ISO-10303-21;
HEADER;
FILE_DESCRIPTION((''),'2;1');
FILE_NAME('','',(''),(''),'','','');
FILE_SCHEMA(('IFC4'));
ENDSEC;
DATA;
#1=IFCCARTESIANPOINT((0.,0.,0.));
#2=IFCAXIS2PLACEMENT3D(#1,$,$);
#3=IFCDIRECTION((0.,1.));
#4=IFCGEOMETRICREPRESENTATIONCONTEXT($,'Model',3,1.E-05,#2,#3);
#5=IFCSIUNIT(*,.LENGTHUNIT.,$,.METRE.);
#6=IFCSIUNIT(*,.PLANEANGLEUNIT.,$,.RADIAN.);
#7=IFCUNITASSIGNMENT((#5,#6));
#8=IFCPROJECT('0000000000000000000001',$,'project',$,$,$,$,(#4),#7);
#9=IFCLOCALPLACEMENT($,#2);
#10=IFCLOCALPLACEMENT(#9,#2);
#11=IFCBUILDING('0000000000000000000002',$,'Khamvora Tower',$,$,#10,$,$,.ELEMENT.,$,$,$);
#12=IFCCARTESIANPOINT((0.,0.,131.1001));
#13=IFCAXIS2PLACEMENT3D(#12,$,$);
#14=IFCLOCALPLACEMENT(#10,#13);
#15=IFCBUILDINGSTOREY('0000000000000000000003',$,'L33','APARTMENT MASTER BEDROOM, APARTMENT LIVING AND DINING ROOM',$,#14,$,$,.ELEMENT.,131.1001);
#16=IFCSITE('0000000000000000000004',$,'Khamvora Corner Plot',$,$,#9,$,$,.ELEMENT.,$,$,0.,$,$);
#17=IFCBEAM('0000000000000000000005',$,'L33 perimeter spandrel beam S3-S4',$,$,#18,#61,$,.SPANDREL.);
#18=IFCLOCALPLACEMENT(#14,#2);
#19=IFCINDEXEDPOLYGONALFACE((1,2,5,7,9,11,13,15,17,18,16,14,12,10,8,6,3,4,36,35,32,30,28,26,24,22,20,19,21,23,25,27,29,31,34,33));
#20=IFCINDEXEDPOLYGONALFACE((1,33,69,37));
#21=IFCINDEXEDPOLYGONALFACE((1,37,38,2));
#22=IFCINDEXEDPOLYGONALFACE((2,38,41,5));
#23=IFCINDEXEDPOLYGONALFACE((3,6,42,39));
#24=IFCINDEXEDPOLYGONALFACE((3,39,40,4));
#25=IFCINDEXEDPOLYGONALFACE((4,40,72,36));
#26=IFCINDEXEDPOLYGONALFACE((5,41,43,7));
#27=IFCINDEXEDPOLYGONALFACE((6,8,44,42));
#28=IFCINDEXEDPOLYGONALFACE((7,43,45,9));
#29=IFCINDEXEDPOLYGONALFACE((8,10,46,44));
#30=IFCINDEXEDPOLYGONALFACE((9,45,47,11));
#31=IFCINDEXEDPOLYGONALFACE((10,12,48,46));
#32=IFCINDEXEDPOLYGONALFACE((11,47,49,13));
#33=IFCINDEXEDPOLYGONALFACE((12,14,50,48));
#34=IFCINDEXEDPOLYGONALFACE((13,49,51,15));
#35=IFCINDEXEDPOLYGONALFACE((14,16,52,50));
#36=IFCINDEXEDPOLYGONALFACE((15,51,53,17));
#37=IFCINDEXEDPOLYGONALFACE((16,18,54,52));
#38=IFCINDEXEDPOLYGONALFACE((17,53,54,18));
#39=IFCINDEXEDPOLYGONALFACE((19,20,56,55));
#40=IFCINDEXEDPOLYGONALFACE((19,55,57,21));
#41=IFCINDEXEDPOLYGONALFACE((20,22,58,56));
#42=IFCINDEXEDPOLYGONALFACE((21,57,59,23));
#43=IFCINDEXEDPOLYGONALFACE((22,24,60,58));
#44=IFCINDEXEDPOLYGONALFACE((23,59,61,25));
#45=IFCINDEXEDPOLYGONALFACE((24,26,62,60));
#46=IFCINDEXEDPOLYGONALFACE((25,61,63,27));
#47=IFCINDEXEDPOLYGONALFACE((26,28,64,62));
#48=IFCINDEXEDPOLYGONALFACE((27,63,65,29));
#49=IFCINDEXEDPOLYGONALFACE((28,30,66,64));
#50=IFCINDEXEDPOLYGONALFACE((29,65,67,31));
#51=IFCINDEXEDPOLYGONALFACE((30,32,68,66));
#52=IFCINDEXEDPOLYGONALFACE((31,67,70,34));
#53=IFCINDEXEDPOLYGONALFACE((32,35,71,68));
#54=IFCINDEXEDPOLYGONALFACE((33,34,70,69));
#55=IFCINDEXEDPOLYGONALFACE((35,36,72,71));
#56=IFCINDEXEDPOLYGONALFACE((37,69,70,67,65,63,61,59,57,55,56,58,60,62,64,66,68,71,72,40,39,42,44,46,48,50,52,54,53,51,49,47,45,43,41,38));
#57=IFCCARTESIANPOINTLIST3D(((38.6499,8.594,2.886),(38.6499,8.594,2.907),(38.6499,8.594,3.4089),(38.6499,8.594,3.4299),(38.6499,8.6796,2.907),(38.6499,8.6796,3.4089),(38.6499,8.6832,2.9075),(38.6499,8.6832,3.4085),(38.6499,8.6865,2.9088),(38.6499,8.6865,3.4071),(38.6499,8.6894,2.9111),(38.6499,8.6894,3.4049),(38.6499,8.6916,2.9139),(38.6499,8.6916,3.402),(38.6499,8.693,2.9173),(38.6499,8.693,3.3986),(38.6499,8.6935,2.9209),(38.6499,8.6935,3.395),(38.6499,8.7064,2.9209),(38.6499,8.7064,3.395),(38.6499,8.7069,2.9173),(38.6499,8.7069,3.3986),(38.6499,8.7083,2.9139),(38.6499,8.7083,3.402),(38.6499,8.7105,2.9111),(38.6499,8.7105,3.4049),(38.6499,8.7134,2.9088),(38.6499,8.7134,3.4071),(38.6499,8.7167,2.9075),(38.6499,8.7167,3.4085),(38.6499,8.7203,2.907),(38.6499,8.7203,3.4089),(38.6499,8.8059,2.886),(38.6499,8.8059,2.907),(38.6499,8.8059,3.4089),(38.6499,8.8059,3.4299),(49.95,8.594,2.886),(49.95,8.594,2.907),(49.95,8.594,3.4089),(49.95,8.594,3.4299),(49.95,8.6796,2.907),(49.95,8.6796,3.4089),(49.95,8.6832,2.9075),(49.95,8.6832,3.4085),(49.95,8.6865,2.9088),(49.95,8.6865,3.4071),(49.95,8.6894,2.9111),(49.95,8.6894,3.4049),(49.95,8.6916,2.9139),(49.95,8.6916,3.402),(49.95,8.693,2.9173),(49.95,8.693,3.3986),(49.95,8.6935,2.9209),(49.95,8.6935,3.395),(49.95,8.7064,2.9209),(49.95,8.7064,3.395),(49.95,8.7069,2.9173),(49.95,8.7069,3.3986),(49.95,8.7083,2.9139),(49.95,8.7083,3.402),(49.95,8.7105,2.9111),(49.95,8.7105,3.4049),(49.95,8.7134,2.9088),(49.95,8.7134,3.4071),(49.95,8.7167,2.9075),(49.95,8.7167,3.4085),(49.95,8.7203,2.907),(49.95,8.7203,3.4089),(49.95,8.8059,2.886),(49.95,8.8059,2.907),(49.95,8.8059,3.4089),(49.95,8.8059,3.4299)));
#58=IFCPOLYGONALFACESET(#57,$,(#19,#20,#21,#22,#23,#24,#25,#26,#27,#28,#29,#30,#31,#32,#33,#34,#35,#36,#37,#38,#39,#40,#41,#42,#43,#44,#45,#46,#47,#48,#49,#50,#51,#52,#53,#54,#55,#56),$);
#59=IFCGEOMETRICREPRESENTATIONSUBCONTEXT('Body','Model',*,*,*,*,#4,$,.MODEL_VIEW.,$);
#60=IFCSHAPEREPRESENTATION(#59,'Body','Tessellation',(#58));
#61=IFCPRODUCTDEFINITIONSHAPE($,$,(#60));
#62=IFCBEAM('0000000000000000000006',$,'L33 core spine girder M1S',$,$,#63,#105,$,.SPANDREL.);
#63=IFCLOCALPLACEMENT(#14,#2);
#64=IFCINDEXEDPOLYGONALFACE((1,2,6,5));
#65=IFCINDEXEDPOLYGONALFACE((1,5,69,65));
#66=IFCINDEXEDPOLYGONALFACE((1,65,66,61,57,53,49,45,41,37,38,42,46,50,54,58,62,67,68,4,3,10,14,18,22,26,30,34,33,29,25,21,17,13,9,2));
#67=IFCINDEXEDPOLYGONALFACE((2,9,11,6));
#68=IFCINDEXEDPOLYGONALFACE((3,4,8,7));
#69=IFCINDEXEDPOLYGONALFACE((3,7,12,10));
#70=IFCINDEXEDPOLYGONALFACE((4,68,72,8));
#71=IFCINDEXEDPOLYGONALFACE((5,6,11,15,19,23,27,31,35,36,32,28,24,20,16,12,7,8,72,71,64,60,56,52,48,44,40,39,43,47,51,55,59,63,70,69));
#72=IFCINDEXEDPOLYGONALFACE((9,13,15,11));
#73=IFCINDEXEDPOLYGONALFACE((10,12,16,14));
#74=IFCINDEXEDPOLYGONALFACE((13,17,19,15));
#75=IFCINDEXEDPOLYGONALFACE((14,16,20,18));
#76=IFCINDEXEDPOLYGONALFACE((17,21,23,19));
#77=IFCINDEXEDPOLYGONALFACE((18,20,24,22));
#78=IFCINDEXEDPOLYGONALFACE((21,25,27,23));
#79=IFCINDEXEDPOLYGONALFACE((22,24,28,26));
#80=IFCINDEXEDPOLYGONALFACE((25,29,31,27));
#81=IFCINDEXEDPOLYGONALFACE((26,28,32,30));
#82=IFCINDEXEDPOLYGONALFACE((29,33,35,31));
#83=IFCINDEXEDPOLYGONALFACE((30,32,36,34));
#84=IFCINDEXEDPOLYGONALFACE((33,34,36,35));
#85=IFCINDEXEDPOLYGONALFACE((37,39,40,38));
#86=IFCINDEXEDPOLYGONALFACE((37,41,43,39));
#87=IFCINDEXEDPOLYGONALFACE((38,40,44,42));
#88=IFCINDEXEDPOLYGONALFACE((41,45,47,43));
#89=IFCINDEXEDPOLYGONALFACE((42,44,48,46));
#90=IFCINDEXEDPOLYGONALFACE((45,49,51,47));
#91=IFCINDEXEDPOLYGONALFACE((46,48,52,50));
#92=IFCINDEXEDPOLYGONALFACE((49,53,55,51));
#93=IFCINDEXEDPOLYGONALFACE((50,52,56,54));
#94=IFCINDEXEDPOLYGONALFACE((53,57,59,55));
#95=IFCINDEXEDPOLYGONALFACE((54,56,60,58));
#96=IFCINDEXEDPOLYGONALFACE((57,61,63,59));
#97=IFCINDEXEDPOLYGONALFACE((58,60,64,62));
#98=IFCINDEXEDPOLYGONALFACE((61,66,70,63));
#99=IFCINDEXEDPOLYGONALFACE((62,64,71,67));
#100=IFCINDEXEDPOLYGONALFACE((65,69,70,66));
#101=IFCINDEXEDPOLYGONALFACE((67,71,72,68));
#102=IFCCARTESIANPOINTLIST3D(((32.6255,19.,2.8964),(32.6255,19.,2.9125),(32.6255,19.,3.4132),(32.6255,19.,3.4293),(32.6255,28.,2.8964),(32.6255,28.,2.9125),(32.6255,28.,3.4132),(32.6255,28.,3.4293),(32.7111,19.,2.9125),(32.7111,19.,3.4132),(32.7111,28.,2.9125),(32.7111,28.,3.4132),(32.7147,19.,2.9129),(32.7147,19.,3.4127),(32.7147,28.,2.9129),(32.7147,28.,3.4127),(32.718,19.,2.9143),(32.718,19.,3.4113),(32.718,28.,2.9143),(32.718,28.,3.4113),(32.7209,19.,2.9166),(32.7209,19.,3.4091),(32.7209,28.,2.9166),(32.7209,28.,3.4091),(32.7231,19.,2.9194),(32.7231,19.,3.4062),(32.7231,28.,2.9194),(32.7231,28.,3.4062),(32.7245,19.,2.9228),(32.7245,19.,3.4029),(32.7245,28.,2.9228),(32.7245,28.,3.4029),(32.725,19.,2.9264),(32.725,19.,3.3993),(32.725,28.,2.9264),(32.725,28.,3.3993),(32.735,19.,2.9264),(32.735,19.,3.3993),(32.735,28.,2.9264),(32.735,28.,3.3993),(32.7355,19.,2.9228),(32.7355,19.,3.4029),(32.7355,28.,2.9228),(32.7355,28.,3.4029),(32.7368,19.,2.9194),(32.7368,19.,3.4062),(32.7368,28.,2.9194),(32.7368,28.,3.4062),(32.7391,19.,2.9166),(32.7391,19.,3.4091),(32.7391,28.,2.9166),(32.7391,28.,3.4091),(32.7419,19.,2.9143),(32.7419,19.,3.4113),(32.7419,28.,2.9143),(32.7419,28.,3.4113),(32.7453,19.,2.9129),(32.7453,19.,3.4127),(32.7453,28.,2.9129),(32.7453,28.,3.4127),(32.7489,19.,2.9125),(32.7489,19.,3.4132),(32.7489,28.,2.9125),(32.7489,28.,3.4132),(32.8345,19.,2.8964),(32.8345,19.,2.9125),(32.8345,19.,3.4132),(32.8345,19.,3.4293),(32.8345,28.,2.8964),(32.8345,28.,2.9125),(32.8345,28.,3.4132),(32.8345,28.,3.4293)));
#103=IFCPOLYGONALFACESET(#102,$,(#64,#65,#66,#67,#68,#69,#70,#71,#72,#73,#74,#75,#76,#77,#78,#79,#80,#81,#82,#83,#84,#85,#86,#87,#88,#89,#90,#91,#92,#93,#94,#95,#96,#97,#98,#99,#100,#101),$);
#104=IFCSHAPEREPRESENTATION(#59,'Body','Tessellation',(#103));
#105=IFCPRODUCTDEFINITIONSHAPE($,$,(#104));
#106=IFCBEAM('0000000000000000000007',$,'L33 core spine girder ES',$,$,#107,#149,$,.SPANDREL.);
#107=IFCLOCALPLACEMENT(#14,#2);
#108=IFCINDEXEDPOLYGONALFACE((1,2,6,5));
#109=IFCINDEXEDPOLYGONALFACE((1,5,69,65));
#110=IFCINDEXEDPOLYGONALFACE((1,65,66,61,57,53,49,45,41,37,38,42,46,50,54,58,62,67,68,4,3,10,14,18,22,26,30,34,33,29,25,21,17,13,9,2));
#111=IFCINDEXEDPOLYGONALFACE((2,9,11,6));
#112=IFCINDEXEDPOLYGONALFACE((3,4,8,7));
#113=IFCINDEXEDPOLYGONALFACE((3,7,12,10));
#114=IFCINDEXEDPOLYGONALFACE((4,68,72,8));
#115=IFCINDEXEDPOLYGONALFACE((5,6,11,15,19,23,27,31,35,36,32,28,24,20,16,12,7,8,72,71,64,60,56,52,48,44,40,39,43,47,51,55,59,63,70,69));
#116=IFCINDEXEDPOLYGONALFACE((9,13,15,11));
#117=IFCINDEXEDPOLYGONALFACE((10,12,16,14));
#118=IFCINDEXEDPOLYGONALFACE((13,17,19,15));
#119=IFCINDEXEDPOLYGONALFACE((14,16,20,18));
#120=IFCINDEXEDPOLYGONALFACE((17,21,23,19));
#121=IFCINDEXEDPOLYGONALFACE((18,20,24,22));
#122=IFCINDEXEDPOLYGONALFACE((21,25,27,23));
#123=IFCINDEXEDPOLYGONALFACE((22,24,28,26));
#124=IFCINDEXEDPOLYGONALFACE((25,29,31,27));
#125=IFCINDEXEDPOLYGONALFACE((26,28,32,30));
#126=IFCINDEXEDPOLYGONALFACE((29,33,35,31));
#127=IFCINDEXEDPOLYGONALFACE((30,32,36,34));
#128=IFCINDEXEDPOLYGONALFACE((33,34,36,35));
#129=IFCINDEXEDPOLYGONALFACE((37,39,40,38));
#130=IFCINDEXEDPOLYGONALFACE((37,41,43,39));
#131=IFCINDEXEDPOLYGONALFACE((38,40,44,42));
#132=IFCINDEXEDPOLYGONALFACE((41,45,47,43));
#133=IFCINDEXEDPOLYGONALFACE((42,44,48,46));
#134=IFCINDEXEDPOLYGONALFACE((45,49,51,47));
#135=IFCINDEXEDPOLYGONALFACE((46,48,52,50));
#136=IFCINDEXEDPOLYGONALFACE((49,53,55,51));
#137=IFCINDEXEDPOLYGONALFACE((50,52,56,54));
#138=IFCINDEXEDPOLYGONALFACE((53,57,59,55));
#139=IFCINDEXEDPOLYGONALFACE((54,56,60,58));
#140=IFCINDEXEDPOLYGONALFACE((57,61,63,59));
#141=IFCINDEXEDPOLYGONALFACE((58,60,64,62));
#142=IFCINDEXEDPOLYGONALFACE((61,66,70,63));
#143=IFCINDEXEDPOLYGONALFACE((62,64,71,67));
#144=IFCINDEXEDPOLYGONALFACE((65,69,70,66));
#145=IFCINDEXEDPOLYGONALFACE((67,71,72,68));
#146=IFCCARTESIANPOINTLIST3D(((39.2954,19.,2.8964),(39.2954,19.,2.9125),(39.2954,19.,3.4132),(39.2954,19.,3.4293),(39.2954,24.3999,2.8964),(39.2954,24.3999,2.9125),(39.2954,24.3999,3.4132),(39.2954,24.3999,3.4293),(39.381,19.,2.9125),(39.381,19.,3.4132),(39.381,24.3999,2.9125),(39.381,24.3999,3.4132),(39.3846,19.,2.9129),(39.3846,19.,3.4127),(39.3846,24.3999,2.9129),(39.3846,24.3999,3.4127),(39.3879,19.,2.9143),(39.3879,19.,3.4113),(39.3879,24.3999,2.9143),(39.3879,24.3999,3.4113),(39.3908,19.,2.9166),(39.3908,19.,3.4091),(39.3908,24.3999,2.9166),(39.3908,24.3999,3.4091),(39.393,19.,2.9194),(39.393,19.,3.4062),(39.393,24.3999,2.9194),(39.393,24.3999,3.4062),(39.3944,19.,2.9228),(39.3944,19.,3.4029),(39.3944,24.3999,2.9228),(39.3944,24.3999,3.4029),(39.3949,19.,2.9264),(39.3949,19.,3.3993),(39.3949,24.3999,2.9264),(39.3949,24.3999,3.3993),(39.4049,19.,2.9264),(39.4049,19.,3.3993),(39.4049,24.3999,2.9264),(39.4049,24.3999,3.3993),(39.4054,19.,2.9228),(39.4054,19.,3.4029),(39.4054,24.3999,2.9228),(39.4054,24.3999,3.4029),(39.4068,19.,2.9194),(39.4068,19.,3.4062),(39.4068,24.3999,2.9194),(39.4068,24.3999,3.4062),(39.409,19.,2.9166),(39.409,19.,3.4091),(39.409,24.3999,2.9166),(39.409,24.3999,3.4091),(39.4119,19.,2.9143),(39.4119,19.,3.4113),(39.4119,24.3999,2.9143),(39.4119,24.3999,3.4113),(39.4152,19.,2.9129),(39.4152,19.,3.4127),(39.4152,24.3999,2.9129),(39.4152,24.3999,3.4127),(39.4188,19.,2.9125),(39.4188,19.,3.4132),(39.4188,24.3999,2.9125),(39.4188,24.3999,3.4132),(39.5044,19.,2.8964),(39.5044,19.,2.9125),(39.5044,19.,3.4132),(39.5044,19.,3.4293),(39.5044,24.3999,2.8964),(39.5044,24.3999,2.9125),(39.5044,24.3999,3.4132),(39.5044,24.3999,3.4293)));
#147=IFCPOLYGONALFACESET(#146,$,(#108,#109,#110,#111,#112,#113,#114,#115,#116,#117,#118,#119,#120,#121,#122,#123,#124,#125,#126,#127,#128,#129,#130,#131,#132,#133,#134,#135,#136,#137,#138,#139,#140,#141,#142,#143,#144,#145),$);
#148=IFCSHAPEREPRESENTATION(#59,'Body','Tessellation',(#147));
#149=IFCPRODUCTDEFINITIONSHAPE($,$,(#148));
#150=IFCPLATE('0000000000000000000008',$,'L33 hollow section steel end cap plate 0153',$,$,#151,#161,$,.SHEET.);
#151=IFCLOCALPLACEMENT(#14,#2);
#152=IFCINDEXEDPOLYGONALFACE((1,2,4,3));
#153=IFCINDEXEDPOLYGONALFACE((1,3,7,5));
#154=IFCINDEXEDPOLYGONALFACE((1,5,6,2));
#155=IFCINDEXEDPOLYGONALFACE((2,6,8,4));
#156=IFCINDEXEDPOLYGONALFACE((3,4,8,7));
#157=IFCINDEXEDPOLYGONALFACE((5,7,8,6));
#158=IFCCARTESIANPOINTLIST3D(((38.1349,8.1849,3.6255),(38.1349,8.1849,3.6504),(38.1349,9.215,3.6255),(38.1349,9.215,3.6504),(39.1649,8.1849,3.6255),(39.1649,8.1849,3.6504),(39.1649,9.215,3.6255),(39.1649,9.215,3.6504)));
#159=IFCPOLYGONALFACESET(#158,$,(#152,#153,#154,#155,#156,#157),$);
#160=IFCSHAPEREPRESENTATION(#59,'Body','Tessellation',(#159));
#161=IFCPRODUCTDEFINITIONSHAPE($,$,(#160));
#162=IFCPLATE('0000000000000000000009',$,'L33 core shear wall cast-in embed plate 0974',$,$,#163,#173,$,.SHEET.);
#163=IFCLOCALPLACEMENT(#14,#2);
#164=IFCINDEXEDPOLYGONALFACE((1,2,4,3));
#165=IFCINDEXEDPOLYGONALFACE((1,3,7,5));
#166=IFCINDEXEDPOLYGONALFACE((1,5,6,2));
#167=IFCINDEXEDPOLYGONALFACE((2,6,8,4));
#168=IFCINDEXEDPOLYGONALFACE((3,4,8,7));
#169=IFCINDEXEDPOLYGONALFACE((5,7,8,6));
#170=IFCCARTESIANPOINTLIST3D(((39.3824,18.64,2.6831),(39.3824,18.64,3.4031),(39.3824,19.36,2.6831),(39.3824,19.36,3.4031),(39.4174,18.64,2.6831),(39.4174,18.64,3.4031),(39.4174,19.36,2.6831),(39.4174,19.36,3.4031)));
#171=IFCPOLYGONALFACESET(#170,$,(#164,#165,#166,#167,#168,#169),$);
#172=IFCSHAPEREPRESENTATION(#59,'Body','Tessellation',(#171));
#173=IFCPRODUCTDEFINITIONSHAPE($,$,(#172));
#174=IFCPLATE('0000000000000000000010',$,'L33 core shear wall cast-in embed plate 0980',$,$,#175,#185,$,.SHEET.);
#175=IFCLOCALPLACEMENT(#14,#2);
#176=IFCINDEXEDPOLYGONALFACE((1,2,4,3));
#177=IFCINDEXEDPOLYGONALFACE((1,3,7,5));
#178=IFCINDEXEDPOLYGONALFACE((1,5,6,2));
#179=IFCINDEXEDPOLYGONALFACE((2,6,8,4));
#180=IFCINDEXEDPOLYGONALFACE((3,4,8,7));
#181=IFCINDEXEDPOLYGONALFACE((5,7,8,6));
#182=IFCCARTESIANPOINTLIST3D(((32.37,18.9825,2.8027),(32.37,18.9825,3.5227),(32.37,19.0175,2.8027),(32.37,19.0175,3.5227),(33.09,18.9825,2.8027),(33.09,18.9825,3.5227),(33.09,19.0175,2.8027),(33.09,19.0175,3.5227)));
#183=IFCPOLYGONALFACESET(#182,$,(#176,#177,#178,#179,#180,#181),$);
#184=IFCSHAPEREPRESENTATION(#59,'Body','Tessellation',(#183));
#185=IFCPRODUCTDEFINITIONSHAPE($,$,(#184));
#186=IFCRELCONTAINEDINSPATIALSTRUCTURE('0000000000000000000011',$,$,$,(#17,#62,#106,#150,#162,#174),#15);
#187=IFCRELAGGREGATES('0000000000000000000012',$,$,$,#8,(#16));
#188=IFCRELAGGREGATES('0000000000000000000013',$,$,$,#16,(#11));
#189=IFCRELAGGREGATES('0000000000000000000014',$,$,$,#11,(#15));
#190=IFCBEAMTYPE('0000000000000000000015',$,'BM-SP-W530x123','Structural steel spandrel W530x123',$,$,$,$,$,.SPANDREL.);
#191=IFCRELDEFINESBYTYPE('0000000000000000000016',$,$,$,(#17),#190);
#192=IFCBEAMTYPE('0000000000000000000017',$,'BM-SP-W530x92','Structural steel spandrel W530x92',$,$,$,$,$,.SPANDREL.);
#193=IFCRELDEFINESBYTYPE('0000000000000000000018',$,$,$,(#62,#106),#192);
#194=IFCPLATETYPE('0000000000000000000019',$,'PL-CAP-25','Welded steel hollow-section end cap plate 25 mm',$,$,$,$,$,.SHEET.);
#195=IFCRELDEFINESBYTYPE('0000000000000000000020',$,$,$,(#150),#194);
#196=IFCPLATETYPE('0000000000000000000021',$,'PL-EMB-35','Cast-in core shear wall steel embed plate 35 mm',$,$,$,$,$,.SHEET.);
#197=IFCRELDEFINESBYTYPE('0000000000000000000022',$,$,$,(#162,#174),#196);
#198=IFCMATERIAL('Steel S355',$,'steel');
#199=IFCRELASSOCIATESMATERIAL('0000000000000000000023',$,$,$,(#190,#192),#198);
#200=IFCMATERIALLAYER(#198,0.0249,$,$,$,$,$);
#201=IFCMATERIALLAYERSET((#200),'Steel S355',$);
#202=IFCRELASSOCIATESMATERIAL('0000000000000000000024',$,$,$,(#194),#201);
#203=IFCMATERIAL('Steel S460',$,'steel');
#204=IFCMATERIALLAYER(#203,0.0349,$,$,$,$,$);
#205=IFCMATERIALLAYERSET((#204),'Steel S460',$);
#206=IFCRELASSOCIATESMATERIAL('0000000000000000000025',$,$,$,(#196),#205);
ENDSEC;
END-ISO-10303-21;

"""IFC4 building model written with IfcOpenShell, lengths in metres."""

from ifc_helpers import new_model, si_unit, direction, frame, origin, origin_2d, place, context, subcontext, project, spatial, rectangle, i_section, extrude, material, layer, layer_set, material_profile, profile_set, type_object, element, save


model = new_model("IFC4")

# Units and contexts
model_context = context("Model", 3, precision=1e-05, world=origin(), true_north=direction((0.0, 1.0)))
body_context = subcontext(model_context, "Body", "Model", "MODEL_VIEW")
ifc_project = project(units=[si_unit("LENGTHUNIT", "METRE"), si_unit("PLANEANGLEUNIT", "RADIAN")], contexts=[model_context])

# Site, building, storey
site_placement = place(None, origin())
site = spatial("IfcSite", under=ifc_project, at=site_placement, Name="Khamvora Corner Plot", CompositionType="ELEMENT", RefElevation=0.0)
building_placement = place(site_placement, origin())
building = spatial("IfcBuilding", under=site, at=building_placement, Name="Khamvora Tower", CompositionType="ELEMENT")
storey_placement = place(building_placement, frame((0.0, 0.0, 131.1001)))
storey = spatial("IfcBuildingStorey", under=building, at=storey_placement, Name="L33", Description="APARTMENT MASTER BEDROOM, APARTMENT LIVING AND DINING ROOM", CompositionType="ELEMENT", Elevation=131.1001)

# Shared definitions
ifc_material_1 = material(Name="Steel S355", Category="steel")
ifc_material_2 = material(Name="Steel S460", Category="steel")

# Beams
ifc_material_profile_1 = material_profile(ifc_material_1, i_section(OverallWidth=0.2119, OverallDepth=0.5439, WebThickness=0.0129, FlangeThickness=0.021, FilletRadius=0.0139, at=origin_2d()), Name="W530x123")
ifc_profile_set_1 = profile_set([ifc_material_profile_1], Name="Steel S355")
beam_type_1 = type_object("IfcBeamType", Name="BM-SP-W530x123", Description="Structural steel spandrel W530x123", PredefinedType="SPANDREL", material=ifc_profile_set_1)
beam_1_placement = place(storey_placement, frame((38.6499, 8.7, 3.158), z_axis=(1.0, 0.0, 0.0), x_axis=(0.0, 1.0, 0.0)))
element("IfcBeam", 1, at=beam_1_placement, inside=storey, type_object=beam_type_1, Name="L33 perimeter spandrel beam S3-S4", PredefinedType="SPANDREL", context=body_context, shape_type="SweptSolid", body=[
    extrude(i_section(OverallWidth=0.2119, OverallDepth=0.5439, WebThickness=0.0129, FlangeThickness=0.021, FilletRadius=0.0139, at=origin_2d()), origin(), (0.0, 0.0, 1.0), 11.3),
])
ifc_material_profile_2 = material_profile(ifc_material_1, i_section(OverallWidth=0.209, OverallDepth=0.533, WebThickness=0.01, FlangeThickness=0.0161, FilletRadius=0.0139, at=origin_2d()), Name="W530x92")
ifc_profile_set_2 = profile_set([ifc_material_profile_2], Name="Steel S355")
beam_type_2 = type_object("IfcBeamType", Name="BM-SP-W530x92", Description="Structural steel spandrel W530x92", PredefinedType="SPANDREL", material=ifc_profile_set_2)
beam_2_placement = place(storey_placement, frame((32.73, 19.0, 3.1628), z_axis=(0.0, 1.0, 0.0), x_axis=(-1.0, 0.0, 0.0)))
element("IfcBeam", 2, at=beam_2_placement, inside=storey, type_object=beam_type_2, Name="L33 core spine girder M1S", PredefinedType="SPANDREL", context=body_context, shape_type="SweptSolid", body=[
    extrude(i_section(OverallWidth=0.209, OverallDepth=0.533, WebThickness=0.01, FlangeThickness=0.0161, FilletRadius=0.0139, at=origin_2d()), origin(), (0.0, 0.0, 1.0), 9.0),
])
beam_3_placement = place(storey_placement, frame((39.3999, 19.0, 3.1628), z_axis=(0.0, 1.0, 0.0), x_axis=(-1.0, 0.0, 0.0)))
element("IfcBeam", 3, at=beam_3_placement, inside=storey, type_object=beam_type_2, Name="L33 core spine girder ES", PredefinedType="SPANDREL", context=body_context, shape_type="SweptSolid", body=[
    extrude(i_section(OverallWidth=0.209, OverallDepth=0.533, WebThickness=0.01, FlangeThickness=0.0161, FilletRadius=0.0139, at=origin_2d()), origin(), (0.0, 0.0, 1.0), 5.3999),
])

# Plates
ifc_layer_1 = layer(ifc_material_1, 0.0249)
ifc_layer_set_1 = layer_set([ifc_layer_1], Name="Steel S355")
plate_type_1 = type_object("IfcPlateType", Name="PL-CAP-25", Description="Welded steel hollow-section end cap plate 25 mm", PredefinedType="SHEET", material=ifc_layer_set_1)
plate_1_placement = place(storey_placement, frame((38.6499, 8.7, 3.6255), z_axis=(0.0, 0.0, 1.0), x_axis=(1.0, 0.0, 0.0)))
element("IfcPlate", 4, at=plate_1_placement, inside=storey, type_object=plate_type_1, Name="L33 hollow section steel end cap plate 0153", PredefinedType="SHEET", context=body_context, shape_type="SweptSolid", body=[
    extrude(rectangle(XDim=1.03, YDim=1.03, at=origin_2d()), origin(), (0.0, 0.0, 1.0), 0.0249),
])
ifc_layer_2 = layer(ifc_material_2, 0.0349)
ifc_layer_set_2 = layer_set([ifc_layer_2], Name="Steel S460")
plate_type_2 = type_object("IfcPlateType", Name="PL-EMB-35", Description="Cast-in core shear wall steel embed plate 35 mm", PredefinedType="SHEET", material=ifc_layer_set_2)
plate_2_placement = place(storey_placement, frame((39.3999, 19.0, 2.6831), z_axis=(0.0, 0.0, 1.0), x_axis=(1.0, 0.0, 0.0)))
element("IfcPlate", 5, at=plate_2_placement, inside=storey, type_object=plate_type_2, Name="L33 core shear wall cast-in embed plate 0974", PredefinedType="SHEET", context=body_context, shape_type="SweptSolid", body=[
    extrude(rectangle(XDim=0.0349, YDim=0.72, at=origin_2d()), origin(), (0.0, 0.0, 1.0), 0.72),
])
plate_3_placement = place(storey_placement, frame((32.73, 19.0, 2.8027), z_axis=(0.0, 0.0, 1.0), x_axis=(1.0, 0.0, 0.0)))
element("IfcPlate", 6, at=plate_3_placement, inside=storey, type_object=plate_type_2, Name="L33 core shear wall cast-in embed plate 0980", PredefinedType="SHEET", context=body_context, shape_type="SweptSolid", body=[
    extrude(rectangle(XDim=0.72, YDim=0.0349, at=origin_2d()), origin(), (0.0, 0.0, 1.0), 0.72),
])

save(model, "model.ifc")
